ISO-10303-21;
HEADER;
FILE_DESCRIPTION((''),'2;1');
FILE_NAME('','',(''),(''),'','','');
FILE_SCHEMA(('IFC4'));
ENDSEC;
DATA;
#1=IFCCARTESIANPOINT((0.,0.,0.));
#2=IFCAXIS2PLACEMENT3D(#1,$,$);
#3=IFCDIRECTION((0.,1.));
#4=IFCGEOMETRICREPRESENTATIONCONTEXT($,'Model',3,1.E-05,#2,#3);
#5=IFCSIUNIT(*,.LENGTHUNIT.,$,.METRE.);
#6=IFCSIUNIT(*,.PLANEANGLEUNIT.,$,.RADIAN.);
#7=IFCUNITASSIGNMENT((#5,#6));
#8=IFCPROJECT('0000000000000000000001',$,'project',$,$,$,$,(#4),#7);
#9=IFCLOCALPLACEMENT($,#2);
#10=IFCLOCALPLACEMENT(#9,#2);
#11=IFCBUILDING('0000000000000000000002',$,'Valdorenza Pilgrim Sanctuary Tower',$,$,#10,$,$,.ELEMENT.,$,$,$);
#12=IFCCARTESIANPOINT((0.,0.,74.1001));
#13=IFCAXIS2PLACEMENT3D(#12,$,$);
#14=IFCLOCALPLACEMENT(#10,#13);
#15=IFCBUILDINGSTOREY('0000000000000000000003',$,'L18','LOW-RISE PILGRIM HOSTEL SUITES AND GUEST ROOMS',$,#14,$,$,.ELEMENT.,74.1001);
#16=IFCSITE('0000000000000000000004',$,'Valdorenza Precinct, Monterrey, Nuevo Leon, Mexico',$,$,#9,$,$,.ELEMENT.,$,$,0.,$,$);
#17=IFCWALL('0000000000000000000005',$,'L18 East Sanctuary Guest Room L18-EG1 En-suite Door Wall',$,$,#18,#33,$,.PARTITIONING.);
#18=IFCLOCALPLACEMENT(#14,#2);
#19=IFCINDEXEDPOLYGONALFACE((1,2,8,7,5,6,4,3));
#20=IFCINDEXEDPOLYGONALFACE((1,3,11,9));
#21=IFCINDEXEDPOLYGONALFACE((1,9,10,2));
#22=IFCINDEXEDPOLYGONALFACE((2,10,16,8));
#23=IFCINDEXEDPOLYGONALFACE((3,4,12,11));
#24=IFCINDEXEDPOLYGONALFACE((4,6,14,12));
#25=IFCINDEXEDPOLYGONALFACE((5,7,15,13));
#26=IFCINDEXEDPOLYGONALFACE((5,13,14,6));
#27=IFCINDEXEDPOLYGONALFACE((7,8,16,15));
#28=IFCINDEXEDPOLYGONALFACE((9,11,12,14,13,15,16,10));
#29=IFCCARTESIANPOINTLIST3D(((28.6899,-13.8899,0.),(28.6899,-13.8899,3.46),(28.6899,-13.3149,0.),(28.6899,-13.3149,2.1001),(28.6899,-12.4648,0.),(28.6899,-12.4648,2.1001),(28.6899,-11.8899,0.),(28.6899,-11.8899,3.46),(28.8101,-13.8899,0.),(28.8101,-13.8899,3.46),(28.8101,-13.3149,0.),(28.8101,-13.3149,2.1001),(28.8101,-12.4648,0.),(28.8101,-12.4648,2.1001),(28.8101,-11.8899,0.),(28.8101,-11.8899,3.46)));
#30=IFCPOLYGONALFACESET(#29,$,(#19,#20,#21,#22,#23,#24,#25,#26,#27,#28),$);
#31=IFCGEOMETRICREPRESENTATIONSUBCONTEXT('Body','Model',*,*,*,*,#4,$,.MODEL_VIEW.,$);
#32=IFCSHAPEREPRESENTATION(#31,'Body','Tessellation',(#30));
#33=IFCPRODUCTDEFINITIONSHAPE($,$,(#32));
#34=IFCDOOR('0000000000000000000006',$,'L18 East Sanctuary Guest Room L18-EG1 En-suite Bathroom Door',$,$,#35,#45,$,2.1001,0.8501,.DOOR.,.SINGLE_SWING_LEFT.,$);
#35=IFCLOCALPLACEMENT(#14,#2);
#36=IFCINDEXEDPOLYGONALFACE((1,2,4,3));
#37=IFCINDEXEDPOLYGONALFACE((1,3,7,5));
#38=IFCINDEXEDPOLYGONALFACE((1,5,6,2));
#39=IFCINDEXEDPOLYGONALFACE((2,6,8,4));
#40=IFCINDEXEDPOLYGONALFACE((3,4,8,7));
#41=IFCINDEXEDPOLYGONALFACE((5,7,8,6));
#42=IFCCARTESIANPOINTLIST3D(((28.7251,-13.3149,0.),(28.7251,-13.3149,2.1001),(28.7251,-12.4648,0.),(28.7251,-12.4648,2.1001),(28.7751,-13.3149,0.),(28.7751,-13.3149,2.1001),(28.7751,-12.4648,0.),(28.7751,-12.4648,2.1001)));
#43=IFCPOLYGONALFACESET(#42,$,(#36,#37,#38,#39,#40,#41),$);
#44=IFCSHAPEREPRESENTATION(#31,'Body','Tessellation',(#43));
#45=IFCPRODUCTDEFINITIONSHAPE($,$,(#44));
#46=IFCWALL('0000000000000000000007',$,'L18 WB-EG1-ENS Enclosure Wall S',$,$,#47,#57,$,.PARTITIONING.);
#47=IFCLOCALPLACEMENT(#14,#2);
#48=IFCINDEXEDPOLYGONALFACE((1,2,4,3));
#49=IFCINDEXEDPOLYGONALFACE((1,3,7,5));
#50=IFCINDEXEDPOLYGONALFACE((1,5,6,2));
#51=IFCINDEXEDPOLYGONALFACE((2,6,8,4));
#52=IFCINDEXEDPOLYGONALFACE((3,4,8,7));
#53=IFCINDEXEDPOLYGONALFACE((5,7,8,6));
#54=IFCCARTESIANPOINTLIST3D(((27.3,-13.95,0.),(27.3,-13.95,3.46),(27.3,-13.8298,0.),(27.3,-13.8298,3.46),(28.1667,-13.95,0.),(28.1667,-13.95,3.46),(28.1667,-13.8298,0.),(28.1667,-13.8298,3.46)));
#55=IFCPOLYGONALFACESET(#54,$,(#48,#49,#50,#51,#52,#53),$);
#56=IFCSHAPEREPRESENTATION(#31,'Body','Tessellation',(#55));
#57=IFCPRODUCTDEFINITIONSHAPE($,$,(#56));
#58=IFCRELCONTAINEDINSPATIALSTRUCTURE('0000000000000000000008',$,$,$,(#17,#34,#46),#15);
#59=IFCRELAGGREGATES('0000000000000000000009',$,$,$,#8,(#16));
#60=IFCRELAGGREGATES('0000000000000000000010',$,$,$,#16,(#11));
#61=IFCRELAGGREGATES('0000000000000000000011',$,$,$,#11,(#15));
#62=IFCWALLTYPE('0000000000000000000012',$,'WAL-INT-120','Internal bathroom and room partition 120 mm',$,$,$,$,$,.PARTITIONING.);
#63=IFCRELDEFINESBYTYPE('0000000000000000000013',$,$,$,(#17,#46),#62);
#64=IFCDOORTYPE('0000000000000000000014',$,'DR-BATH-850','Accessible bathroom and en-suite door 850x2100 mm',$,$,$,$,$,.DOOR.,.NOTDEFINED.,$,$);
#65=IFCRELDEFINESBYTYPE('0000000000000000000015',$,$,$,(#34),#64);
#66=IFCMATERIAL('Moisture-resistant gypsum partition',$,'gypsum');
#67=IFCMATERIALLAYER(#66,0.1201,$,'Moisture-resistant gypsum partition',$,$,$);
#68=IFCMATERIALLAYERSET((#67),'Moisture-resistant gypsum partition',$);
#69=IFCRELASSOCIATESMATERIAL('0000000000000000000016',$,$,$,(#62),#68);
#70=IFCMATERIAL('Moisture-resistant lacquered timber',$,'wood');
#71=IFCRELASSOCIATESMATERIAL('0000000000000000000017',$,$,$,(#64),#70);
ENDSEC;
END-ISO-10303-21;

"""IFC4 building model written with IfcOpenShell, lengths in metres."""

from ifc_helpers import new_model, si_unit, direction, frame, frame_2d, origin, place, context, subcontext, project, spatial, rectangle, extrude, material, layer, layer_set, type_object, element, fill, save


model = new_model("IFC4")

# Units and contexts
model_context = context("Model", 3, precision=1e-05, world=origin(), true_north=direction((0.0, 1.0)))
body_context = subcontext(model_context, "Body", "Model", "MODEL_VIEW")
ifc_project = project(units=[si_unit("LENGTHUNIT", "METRE"), si_unit("PLANEANGLEUNIT", "RADIAN")], contexts=[model_context])

# Site, building, storey
site_placement = place(None, origin())
site = spatial("IfcSite", under=ifc_project, at=site_placement, Name="Valdorenza Precinct, Monterrey, Nuevo Leon, Mexico", CompositionType="ELEMENT", RefElevation=0.0)
building_placement = place(site_placement, origin())
building = spatial("IfcBuilding", under=site, at=building_placement, Name="Valdorenza Pilgrim Sanctuary Tower", CompositionType="ELEMENT")
storey_placement = place(building_placement, frame((0.0, 0.0, 74.1001)))
storey = spatial("IfcBuildingStorey", under=building, at=storey_placement, Name="L18", Description="LOW-RISE PILGRIM HOSTEL SUITES AND GUEST ROOMS", CompositionType="ELEMENT", Elevation=74.1001)

# Shared definitions
ifc_material_1 = material(Name="Moisture-resistant gypsum partition", Category="gypsum")
ifc_layer_1 = layer(ifc_material_1, 0.1201, Name="Moisture-resistant gypsum partition")
ifc_layer_set_1 = layer_set([ifc_layer_1], Name="Moisture-resistant gypsum partition")
wall_type_1 = type_object("IfcWallType", Name="WAL-INT-120", Description="Internal bathroom and room partition 120 mm", PredefinedType="PARTITIONING", material=ifc_layer_set_1)

# Wall, opening, door
wall_1_placement = place(storey_placement, frame((28.75, -13.8899, 0.0), z_axis=(0.0, 0.0, 1.0), x_axis=(0.0, 1.0, 0.0)))
wall_1 = element("IfcWall", 1, at=wall_1_placement, inside=storey, type_object=wall_type_1, Name="L18 East Sanctuary Guest Room L18-EG1 En-suite Door Wall", PredefinedType="PARTITIONING", context=body_context, shape_type="SweptSolid", body=[
    extrude(rectangle(XDim=2.0, YDim=0.1201, at=frame_2d((1.0, 0.0))), origin(), (0.0, 0.0, 1.0), 3.46),
])
opening_1_placement = place(wall_1_placement, frame((0.575, 0.0, 0.0)))
opening_1 = element("IfcOpeningElement", 2, at=opening_1_placement, cuts=wall_1, PredefinedType="OPENING", context=body_context, shape_type="SweptSolid", body=[
    extrude(rectangle(XDim=0.8501, YDim=2.1001, at=frame_2d((0.425, 1.05))), frame((0.0, 0.075, 0.0), z_axis=(0.0, -1.0, 0.0), x_axis=(1.0, 0.0, 0.0)), (0.0, 0.0, 1.0), 0.1499),
])
ifc_material_2 = material(Name="Moisture-resistant lacquered timber", Category="wood")
door_type_1 = type_object("IfcDoorType", Name="DR-BATH-850", Description="Accessible bathroom and en-suite door 850x2100 mm", OperationType="NOTDEFINED", PredefinedType="DOOR", material=ifc_material_2)
door_1_placement = place(opening_1_placement, origin())
door_1 = element("IfcDoor", 3, at=door_1_placement, inside=storey, type_object=door_type_1, Name="L18 East Sanctuary Guest Room L18-EG1 En-suite Bathroom Door", OperationType="SINGLE_SWING_LEFT", OverallHeight=2.1001, OverallWidth=0.8501, PredefinedType="DOOR", context=body_context, shape_type="SweptSolid", body=[
    extrude(rectangle(XDim=0.8501, YDim=2.1001, at=frame_2d((0.425, 1.05))), frame((0.0, 0.0249, 0.0), z_axis=(0.0, -1.0, 0.0), x_axis=(1.0, 0.0, 0.0)), (0.0, 0.0, 1.0), 0.05),
])
fill(opening_1, door_1)

# Wall
wall_2_placement = place(storey_placement, frame((27.3, -13.8899, 0.0), z_axis=(0.0, 0.0, 1.0), x_axis=(1.0, 0.0, 0.0)))
element("IfcWall", 4, at=wall_2_placement, inside=storey, type_object=wall_type_1, Name="L18 WB-EG1-ENS Enclosure Wall S", PredefinedType="PARTITIONING", context=body_context, shape_type="SweptSolid", body=[
    extrude(rectangle(XDim=0.8667, YDim=0.1201, at=frame_2d((0.4333, 0.0))), origin(), (0.0, 0.0, 1.0), 3.46),
])

save(model, "model.ifc")
